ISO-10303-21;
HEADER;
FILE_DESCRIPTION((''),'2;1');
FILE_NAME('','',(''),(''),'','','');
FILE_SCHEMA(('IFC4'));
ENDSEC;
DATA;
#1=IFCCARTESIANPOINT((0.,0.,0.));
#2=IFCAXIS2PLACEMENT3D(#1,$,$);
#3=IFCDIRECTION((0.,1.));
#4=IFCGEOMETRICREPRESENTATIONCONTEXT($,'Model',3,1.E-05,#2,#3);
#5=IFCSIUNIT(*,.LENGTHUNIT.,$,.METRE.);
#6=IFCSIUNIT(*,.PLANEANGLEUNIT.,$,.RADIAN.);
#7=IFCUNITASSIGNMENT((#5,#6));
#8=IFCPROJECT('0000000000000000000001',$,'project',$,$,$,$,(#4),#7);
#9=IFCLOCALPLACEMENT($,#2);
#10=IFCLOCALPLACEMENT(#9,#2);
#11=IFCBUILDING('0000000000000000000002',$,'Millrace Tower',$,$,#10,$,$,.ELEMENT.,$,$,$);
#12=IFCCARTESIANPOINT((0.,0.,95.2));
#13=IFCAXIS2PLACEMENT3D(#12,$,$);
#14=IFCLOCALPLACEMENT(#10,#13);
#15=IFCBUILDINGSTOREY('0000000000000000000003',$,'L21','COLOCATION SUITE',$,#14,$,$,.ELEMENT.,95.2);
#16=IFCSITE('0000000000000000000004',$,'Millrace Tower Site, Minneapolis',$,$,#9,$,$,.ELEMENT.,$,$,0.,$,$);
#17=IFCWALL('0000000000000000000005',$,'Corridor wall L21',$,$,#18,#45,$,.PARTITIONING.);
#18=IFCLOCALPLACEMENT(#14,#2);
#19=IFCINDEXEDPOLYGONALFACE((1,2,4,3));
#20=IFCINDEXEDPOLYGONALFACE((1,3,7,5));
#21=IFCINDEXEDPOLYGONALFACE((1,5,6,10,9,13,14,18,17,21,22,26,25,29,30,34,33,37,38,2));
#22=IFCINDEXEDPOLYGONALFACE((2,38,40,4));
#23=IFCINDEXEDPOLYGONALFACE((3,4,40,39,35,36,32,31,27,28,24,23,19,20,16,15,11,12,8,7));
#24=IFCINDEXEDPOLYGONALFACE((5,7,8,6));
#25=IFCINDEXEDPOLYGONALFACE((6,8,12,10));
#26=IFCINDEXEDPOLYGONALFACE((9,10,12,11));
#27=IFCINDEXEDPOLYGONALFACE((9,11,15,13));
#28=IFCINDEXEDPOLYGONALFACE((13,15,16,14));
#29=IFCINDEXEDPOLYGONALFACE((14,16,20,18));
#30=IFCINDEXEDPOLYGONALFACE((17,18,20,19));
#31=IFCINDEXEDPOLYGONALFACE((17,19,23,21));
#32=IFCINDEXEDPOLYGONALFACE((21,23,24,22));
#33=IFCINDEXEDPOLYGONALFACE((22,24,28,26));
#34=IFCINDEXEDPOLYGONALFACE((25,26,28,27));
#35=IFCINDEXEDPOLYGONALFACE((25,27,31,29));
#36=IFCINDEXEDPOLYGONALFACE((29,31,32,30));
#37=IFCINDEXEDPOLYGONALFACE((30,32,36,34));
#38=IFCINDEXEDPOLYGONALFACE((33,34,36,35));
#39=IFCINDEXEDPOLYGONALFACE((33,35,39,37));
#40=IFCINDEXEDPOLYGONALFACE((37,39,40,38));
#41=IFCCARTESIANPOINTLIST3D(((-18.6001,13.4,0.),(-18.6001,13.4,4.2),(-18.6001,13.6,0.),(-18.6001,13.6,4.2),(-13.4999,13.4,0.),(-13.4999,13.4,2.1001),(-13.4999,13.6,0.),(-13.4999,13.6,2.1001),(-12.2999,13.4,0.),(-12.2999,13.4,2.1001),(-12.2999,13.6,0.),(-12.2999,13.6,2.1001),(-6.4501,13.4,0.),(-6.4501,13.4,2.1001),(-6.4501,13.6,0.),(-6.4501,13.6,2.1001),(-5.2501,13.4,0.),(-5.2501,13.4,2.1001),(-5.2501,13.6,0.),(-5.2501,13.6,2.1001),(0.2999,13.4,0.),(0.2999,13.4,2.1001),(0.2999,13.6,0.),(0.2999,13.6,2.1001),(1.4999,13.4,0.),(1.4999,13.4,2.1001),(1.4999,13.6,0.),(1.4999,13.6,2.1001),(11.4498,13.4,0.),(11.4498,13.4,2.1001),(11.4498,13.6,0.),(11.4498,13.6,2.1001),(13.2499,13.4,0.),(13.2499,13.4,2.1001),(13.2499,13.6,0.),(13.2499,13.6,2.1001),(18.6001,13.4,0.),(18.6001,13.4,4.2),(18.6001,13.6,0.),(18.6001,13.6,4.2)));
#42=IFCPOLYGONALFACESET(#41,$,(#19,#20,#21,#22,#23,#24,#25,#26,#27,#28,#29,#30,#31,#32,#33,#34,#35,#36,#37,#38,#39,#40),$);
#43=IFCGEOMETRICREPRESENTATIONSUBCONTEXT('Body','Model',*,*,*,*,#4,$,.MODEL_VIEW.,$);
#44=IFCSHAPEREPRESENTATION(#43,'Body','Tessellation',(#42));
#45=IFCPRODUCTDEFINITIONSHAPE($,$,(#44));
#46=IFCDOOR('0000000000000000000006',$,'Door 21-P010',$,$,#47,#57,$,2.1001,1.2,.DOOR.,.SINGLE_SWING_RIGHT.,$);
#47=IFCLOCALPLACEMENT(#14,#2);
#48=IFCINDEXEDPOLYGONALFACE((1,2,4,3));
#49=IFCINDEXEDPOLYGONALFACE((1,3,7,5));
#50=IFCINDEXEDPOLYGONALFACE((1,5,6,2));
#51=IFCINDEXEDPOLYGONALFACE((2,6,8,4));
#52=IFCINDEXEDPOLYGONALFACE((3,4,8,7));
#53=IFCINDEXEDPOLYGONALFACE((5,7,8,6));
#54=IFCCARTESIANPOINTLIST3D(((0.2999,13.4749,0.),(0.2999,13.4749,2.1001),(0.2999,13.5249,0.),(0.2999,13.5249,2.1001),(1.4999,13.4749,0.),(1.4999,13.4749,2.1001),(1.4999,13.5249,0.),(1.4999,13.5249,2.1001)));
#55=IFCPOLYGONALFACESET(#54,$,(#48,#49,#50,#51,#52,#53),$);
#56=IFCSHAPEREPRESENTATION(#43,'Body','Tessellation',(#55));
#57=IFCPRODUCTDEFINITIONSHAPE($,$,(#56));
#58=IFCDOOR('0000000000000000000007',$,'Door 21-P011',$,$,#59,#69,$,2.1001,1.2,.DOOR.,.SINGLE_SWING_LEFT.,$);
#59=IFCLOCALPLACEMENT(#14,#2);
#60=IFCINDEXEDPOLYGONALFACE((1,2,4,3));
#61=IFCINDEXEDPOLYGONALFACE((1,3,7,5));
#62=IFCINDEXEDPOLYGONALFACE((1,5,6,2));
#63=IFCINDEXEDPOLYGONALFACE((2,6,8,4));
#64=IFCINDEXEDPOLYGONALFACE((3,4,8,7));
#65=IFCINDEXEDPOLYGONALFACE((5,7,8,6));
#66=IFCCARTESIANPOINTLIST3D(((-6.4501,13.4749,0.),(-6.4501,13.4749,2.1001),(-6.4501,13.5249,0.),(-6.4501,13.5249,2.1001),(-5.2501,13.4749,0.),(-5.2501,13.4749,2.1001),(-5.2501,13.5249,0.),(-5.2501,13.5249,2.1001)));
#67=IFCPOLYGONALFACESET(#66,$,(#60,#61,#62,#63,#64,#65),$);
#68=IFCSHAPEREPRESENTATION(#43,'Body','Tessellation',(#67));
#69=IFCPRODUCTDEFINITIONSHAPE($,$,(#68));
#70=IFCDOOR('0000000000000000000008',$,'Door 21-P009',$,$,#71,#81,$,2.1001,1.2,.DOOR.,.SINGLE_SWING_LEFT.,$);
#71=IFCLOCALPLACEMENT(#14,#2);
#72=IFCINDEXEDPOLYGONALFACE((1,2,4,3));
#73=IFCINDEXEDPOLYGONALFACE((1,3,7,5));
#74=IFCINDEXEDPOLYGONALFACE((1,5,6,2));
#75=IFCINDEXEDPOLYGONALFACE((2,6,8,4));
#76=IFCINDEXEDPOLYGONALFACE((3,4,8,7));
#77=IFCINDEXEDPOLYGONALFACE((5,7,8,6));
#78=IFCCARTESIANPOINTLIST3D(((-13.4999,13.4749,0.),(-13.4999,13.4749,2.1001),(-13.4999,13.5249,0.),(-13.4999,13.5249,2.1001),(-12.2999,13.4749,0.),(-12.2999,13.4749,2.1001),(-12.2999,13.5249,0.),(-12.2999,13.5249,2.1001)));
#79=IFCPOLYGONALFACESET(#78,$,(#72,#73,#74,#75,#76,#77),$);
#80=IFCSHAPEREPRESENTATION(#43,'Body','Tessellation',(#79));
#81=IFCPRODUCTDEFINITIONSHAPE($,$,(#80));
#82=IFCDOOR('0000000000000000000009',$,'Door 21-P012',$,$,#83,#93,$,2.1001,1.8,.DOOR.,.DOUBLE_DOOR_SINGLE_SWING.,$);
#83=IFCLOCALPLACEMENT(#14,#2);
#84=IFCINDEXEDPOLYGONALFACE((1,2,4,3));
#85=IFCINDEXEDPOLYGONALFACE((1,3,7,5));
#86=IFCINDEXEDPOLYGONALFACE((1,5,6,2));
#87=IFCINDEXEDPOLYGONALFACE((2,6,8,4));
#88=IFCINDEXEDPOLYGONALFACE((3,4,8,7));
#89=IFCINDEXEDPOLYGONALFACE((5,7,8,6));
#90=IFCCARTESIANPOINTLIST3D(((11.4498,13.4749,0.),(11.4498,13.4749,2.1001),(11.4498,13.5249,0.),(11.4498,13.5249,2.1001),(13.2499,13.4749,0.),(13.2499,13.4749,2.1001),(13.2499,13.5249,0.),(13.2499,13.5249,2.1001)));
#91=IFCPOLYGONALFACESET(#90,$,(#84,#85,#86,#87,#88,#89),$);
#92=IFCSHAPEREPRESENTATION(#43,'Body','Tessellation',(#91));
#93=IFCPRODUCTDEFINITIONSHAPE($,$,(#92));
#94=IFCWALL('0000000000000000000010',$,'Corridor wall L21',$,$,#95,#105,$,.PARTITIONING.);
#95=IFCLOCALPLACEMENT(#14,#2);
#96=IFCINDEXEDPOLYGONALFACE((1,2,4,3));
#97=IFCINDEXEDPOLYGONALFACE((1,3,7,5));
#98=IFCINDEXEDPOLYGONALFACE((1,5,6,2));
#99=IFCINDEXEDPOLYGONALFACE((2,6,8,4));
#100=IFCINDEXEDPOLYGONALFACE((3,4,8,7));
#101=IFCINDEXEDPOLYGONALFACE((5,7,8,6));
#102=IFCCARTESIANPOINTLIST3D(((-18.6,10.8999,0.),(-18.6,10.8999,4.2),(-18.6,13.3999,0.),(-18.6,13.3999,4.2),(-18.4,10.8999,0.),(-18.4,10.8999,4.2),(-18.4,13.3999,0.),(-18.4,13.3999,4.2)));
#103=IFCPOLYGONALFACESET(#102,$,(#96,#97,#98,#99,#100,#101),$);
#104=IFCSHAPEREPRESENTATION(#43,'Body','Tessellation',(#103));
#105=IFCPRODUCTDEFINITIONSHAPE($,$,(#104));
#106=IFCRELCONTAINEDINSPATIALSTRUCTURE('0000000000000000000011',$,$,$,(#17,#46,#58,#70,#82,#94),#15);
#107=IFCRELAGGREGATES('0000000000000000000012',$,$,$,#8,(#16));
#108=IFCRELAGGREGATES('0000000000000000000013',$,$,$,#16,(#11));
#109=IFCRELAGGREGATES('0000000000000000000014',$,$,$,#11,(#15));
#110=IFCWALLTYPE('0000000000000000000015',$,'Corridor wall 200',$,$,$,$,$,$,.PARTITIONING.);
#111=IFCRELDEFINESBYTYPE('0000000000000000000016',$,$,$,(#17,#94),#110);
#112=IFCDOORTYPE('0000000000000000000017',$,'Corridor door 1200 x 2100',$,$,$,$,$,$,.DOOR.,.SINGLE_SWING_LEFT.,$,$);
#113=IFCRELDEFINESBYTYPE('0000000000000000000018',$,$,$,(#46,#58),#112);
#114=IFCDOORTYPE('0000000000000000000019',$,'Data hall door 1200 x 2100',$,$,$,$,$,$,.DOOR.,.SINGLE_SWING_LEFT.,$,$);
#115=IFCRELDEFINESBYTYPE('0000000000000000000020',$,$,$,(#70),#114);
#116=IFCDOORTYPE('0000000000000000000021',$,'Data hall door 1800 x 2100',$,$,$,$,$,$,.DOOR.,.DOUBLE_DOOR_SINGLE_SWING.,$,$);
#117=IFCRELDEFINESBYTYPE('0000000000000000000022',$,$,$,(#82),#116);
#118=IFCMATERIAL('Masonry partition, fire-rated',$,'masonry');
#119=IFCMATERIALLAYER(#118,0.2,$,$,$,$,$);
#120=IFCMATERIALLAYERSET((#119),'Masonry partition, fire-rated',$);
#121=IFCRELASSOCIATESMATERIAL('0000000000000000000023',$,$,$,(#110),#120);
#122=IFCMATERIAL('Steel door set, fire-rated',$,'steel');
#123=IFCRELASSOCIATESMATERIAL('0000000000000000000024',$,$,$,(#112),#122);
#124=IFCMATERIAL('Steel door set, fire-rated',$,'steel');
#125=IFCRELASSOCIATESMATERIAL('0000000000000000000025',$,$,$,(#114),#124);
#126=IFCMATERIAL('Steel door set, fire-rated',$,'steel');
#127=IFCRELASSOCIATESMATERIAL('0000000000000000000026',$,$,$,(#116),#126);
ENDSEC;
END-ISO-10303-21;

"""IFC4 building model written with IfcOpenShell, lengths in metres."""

from ifc_helpers import new_model, si_unit, direction, frame, frame_2d, origin, place, context, subcontext, project, spatial, rectangle, extrude, material, layer, layer_set, type_object, element, fill, save


model = new_model("IFC4")

# Units and contexts
model_context = context("Model", 3, precision=1e-05, world=origin(), true_north=direction((0.0, 1.0)))
body_context = subcontext(model_context, "Body", "Model", "MODEL_VIEW")
ifc_project = project(units=[si_unit("LENGTHUNIT", "METRE"), si_unit("PLANEANGLEUNIT", "RADIAN")], contexts=[model_context])

# Site, building, storey
site_placement = place(None, origin())
site = spatial("IfcSite", under=ifc_project, at=site_placement, Name="Millrace Tower Site, Minneapolis", CompositionType="ELEMENT", RefElevation=0.0)
building_placement = place(site_placement, origin())
building = spatial("IfcBuilding", under=site, at=building_placement, Name="Millrace Tower", CompositionType="ELEMENT")
storey_placement = place(building_placement, frame((0.0, 0.0, 95.2)))
storey = spatial("IfcBuildingStorey", under=building, at=storey_placement, Name="L21", Description="COLOCATION SUITE", CompositionType="ELEMENT", Elevation=95.2)

# Shared definitions
ifc_material_1 = material(Name="Masonry partition, fire-rated", Category="masonry")
ifc_layer_1 = layer(ifc_material_1, 0.2)
ifc_layer_set_1 = layer_set([ifc_layer_1], Name="Masonry partition, fire-rated")
wall_type = type_object("IfcWallType", Name="Corridor wall 200", PredefinedType="PARTITIONING", material=ifc_layer_set_1)

# Wall, openings, doors
wall_1_placement = place(storey_placement, frame((-18.6001, 13.5, 0.0), z_axis=(0.0, 0.0, 1.0), x_axis=(1.0, 0.0, 0.0)))
wall_1 = element("IfcWall", 1, at=wall_1_placement, inside=storey, type_object=wall_type, Name="Corridor wall L21", PredefinedType="PARTITIONING", context=body_context, shape_type="SweptSolid", body=[
    extrude(rectangle(XDim=37.2002, YDim=0.2, at=frame_2d((18.6001, 0.0))), origin(), (0.0, 0.0, 1.0), 4.2),
])
opening_1_placement = place(wall_1_placement, frame((5.1001, 0.0, 0.0)))
opening_1 = element("IfcOpeningElement", 2, at=opening_1_placement, cuts=wall_1, PredefinedType="OPENING", context=body_context, shape_type="SweptSolid", body=[
    extrude(rectangle(XDim=1.2, YDim=2.1001, at=frame_2d((0.6001, 1.05))), frame((0.0, 0.1099, 0.0), z_axis=(0.0, -1.0, 0.0), x_axis=(1.0, 0.0, 0.0)), (0.0, 0.0, 1.0), 0.22),
])
opening_2_placement = place(wall_1_placement, frame((18.8999, 0.0, 0.0)))
opening_2 = element("IfcOpeningElement", 3, at=opening_2_placement, cuts=wall_1, PredefinedType="OPENING", context=body_context, shape_type="SweptSolid", body=[
    extrude(rectangle(XDim=1.2, YDim=2.1001, at=frame_2d((0.6001, 1.05))), frame((0.0, 0.1099, 0.0), z_axis=(0.0, -1.0, 0.0), x_axis=(1.0, 0.0, 0.0)), (0.0, 0.0, 1.0), 0.22),
])
opening_3_placement = place(wall_1_placement, frame((12.1499, 0.0, 0.0)))
opening_3 = element("IfcOpeningElement", 4, at=opening_3_placement, cuts=wall_1, PredefinedType="OPENING", context=body_context, shape_type="SweptSolid", body=[
    extrude(rectangle(XDim=1.2, YDim=2.1001, at=frame_2d((0.6001, 1.05))), frame((0.0, 0.1099, 0.0), z_axis=(0.0, -1.0, 0.0), x_axis=(1.0, 0.0, 0.0)), (0.0, 0.0, 1.0), 0.22),
])
opening_4_placement = place(wall_1_placement, frame((30.05, 0.0, 0.0)))
opening_4 = element("IfcOpeningElement", 5, at=opening_4_placement, cuts=wall_1, PredefinedType="OPENING", context=body_context, shape_type="SweptSolid", body=[
    extrude(rectangle(XDim=1.8, YDim=2.1001, at=frame_2d((0.8999, 1.05))), frame((0.0, 0.1099, 0.0), z_axis=(0.0, -1.0, 0.0), x_axis=(1.0, 0.0, 0.0)), (0.0, 0.0, 1.0), 0.22),
])
ifc_material_2 = material(Name="Steel door set, fire-rated", Category="steel")
door_type_1 = type_object("IfcDoorType", Name="Corridor door 1200 x 2100", OperationType="SINGLE_SWING_LEFT", PredefinedType="DOOR", material=ifc_material_2)
door_1_placement = place(opening_2_placement, origin())
door_1 = element("IfcDoor", 6, at=door_1_placement, inside=storey, type_object=door_type_1, Name="Door 21-P010", OperationType="SINGLE_SWING_RIGHT", OverallHeight=2.1001, OverallWidth=1.2, PredefinedType="DOOR", context=body_context, shape_type="SweptSolid", body=[
    extrude(rectangle(XDim=1.2, YDim=2.1001, at=frame_2d((0.6001, 1.05))), frame((0.0, 0.0249, 0.0), z_axis=(0.0, -1.0, 0.0), x_axis=(1.0, 0.0, 0.0)), (0.0, 0.0, 1.0), 0.05),
])
fill(opening_2, door_1)
door_2_placement = place(opening_3_placement, origin())
door_2 = element("IfcDoor", 7, at=door_2_placement, inside=storey, type_object=door_type_1, Name="Door 21-P011", OperationType="SINGLE_SWING_LEFT", OverallHeight=2.1001, OverallWidth=1.2, PredefinedType="DOOR", context=body_context, shape_type="SweptSolid", body=[
    extrude(rectangle(XDim=1.2, YDim=2.1001, at=frame_2d((0.6001, 1.05))), frame((0.0, 0.0249, 0.0), z_axis=(0.0, -1.0, 0.0), x_axis=(1.0, 0.0, 0.0)), (0.0, 0.0, 1.0), 0.05),
])
fill(opening_3, door_2)
ifc_material_3 = material(Name="Steel door set, fire-rated", Category="steel")
door_type_2 = type_object("IfcDoorType", Name="Data hall door 1200 x 2100", OperationType="SINGLE_SWING_LEFT", PredefinedType="DOOR", material=ifc_material_3)
door_3_placement = place(opening_1_placement, origin())
door_3 = element("IfcDoor", 8, at=door_3_placement, inside=storey, type_object=door_type_2, Name="Door 21-P009", OperationType="SINGLE_SWING_LEFT", OverallHeight=2.1001, OverallWidth=1.2, PredefinedType="DOOR", context=body_context, shape_type="SweptSolid", body=[
    extrude(rectangle(XDim=1.2, YDim=2.1001, at=frame_2d((0.6001, 1.05))), frame((0.0, 0.0249, 0.0), z_axis=(0.0, -1.0, 0.0), x_axis=(1.0, 0.0, 0.0)), (0.0, 0.0, 1.0), 0.05),
])
fill(opening_1, door_3)
ifc_material_4 = material(Name="Steel door set, fire-rated", Category="steel")
door_type_3 = type_object("IfcDoorType", Name="Data hall door 1800 x 2100", OperationType="DOUBLE_DOOR_SINGLE_SWING", PredefinedType="DOOR", material=ifc_material_4)
door_4_placement = place(opening_4_placement, origin())
door_4 = element("IfcDoor", 9, at=door_4_placement, inside=storey, type_object=door_type_3, Name="Door 21-P012", OperationType="DOUBLE_DOOR_SINGLE_SWING", OverallHeight=2.1001, OverallWidth=1.8, PredefinedType="DOOR", context=body_context, shape_type="SweptSolid", body=[
    extrude(rectangle(XDim=1.8, YDim=2.1001, at=frame_2d((0.8999, 1.05))), frame((0.0, 0.0249, 0.0), z_axis=(0.0, -1.0, 0.0), x_axis=(1.0, 0.0, 0.0)), (0.0, 0.0, 1.0), 0.05),
])
fill(opening_4, door_4)

# Wall
wall_2_placement = place(storey_placement, frame((-18.5, 10.8999, 0.0), z_axis=(0.0, 0.0, 1.0), x_axis=(0.0, 1.0, 0.0)))
element("IfcWall", 10, at=wall_2_placement, inside=storey, type_object=wall_type, Name="Corridor wall L21", PredefinedType="PARTITIONING", context=body_context, shape_type="SweptSolid", body=[
    extrude(rectangle(XDim=2.5, YDim=0.2, at=frame_2d((1.25, 0.0))), origin(), (0.0, 0.0, 1.0), 4.2),
])

save(model, "model.ifc")
